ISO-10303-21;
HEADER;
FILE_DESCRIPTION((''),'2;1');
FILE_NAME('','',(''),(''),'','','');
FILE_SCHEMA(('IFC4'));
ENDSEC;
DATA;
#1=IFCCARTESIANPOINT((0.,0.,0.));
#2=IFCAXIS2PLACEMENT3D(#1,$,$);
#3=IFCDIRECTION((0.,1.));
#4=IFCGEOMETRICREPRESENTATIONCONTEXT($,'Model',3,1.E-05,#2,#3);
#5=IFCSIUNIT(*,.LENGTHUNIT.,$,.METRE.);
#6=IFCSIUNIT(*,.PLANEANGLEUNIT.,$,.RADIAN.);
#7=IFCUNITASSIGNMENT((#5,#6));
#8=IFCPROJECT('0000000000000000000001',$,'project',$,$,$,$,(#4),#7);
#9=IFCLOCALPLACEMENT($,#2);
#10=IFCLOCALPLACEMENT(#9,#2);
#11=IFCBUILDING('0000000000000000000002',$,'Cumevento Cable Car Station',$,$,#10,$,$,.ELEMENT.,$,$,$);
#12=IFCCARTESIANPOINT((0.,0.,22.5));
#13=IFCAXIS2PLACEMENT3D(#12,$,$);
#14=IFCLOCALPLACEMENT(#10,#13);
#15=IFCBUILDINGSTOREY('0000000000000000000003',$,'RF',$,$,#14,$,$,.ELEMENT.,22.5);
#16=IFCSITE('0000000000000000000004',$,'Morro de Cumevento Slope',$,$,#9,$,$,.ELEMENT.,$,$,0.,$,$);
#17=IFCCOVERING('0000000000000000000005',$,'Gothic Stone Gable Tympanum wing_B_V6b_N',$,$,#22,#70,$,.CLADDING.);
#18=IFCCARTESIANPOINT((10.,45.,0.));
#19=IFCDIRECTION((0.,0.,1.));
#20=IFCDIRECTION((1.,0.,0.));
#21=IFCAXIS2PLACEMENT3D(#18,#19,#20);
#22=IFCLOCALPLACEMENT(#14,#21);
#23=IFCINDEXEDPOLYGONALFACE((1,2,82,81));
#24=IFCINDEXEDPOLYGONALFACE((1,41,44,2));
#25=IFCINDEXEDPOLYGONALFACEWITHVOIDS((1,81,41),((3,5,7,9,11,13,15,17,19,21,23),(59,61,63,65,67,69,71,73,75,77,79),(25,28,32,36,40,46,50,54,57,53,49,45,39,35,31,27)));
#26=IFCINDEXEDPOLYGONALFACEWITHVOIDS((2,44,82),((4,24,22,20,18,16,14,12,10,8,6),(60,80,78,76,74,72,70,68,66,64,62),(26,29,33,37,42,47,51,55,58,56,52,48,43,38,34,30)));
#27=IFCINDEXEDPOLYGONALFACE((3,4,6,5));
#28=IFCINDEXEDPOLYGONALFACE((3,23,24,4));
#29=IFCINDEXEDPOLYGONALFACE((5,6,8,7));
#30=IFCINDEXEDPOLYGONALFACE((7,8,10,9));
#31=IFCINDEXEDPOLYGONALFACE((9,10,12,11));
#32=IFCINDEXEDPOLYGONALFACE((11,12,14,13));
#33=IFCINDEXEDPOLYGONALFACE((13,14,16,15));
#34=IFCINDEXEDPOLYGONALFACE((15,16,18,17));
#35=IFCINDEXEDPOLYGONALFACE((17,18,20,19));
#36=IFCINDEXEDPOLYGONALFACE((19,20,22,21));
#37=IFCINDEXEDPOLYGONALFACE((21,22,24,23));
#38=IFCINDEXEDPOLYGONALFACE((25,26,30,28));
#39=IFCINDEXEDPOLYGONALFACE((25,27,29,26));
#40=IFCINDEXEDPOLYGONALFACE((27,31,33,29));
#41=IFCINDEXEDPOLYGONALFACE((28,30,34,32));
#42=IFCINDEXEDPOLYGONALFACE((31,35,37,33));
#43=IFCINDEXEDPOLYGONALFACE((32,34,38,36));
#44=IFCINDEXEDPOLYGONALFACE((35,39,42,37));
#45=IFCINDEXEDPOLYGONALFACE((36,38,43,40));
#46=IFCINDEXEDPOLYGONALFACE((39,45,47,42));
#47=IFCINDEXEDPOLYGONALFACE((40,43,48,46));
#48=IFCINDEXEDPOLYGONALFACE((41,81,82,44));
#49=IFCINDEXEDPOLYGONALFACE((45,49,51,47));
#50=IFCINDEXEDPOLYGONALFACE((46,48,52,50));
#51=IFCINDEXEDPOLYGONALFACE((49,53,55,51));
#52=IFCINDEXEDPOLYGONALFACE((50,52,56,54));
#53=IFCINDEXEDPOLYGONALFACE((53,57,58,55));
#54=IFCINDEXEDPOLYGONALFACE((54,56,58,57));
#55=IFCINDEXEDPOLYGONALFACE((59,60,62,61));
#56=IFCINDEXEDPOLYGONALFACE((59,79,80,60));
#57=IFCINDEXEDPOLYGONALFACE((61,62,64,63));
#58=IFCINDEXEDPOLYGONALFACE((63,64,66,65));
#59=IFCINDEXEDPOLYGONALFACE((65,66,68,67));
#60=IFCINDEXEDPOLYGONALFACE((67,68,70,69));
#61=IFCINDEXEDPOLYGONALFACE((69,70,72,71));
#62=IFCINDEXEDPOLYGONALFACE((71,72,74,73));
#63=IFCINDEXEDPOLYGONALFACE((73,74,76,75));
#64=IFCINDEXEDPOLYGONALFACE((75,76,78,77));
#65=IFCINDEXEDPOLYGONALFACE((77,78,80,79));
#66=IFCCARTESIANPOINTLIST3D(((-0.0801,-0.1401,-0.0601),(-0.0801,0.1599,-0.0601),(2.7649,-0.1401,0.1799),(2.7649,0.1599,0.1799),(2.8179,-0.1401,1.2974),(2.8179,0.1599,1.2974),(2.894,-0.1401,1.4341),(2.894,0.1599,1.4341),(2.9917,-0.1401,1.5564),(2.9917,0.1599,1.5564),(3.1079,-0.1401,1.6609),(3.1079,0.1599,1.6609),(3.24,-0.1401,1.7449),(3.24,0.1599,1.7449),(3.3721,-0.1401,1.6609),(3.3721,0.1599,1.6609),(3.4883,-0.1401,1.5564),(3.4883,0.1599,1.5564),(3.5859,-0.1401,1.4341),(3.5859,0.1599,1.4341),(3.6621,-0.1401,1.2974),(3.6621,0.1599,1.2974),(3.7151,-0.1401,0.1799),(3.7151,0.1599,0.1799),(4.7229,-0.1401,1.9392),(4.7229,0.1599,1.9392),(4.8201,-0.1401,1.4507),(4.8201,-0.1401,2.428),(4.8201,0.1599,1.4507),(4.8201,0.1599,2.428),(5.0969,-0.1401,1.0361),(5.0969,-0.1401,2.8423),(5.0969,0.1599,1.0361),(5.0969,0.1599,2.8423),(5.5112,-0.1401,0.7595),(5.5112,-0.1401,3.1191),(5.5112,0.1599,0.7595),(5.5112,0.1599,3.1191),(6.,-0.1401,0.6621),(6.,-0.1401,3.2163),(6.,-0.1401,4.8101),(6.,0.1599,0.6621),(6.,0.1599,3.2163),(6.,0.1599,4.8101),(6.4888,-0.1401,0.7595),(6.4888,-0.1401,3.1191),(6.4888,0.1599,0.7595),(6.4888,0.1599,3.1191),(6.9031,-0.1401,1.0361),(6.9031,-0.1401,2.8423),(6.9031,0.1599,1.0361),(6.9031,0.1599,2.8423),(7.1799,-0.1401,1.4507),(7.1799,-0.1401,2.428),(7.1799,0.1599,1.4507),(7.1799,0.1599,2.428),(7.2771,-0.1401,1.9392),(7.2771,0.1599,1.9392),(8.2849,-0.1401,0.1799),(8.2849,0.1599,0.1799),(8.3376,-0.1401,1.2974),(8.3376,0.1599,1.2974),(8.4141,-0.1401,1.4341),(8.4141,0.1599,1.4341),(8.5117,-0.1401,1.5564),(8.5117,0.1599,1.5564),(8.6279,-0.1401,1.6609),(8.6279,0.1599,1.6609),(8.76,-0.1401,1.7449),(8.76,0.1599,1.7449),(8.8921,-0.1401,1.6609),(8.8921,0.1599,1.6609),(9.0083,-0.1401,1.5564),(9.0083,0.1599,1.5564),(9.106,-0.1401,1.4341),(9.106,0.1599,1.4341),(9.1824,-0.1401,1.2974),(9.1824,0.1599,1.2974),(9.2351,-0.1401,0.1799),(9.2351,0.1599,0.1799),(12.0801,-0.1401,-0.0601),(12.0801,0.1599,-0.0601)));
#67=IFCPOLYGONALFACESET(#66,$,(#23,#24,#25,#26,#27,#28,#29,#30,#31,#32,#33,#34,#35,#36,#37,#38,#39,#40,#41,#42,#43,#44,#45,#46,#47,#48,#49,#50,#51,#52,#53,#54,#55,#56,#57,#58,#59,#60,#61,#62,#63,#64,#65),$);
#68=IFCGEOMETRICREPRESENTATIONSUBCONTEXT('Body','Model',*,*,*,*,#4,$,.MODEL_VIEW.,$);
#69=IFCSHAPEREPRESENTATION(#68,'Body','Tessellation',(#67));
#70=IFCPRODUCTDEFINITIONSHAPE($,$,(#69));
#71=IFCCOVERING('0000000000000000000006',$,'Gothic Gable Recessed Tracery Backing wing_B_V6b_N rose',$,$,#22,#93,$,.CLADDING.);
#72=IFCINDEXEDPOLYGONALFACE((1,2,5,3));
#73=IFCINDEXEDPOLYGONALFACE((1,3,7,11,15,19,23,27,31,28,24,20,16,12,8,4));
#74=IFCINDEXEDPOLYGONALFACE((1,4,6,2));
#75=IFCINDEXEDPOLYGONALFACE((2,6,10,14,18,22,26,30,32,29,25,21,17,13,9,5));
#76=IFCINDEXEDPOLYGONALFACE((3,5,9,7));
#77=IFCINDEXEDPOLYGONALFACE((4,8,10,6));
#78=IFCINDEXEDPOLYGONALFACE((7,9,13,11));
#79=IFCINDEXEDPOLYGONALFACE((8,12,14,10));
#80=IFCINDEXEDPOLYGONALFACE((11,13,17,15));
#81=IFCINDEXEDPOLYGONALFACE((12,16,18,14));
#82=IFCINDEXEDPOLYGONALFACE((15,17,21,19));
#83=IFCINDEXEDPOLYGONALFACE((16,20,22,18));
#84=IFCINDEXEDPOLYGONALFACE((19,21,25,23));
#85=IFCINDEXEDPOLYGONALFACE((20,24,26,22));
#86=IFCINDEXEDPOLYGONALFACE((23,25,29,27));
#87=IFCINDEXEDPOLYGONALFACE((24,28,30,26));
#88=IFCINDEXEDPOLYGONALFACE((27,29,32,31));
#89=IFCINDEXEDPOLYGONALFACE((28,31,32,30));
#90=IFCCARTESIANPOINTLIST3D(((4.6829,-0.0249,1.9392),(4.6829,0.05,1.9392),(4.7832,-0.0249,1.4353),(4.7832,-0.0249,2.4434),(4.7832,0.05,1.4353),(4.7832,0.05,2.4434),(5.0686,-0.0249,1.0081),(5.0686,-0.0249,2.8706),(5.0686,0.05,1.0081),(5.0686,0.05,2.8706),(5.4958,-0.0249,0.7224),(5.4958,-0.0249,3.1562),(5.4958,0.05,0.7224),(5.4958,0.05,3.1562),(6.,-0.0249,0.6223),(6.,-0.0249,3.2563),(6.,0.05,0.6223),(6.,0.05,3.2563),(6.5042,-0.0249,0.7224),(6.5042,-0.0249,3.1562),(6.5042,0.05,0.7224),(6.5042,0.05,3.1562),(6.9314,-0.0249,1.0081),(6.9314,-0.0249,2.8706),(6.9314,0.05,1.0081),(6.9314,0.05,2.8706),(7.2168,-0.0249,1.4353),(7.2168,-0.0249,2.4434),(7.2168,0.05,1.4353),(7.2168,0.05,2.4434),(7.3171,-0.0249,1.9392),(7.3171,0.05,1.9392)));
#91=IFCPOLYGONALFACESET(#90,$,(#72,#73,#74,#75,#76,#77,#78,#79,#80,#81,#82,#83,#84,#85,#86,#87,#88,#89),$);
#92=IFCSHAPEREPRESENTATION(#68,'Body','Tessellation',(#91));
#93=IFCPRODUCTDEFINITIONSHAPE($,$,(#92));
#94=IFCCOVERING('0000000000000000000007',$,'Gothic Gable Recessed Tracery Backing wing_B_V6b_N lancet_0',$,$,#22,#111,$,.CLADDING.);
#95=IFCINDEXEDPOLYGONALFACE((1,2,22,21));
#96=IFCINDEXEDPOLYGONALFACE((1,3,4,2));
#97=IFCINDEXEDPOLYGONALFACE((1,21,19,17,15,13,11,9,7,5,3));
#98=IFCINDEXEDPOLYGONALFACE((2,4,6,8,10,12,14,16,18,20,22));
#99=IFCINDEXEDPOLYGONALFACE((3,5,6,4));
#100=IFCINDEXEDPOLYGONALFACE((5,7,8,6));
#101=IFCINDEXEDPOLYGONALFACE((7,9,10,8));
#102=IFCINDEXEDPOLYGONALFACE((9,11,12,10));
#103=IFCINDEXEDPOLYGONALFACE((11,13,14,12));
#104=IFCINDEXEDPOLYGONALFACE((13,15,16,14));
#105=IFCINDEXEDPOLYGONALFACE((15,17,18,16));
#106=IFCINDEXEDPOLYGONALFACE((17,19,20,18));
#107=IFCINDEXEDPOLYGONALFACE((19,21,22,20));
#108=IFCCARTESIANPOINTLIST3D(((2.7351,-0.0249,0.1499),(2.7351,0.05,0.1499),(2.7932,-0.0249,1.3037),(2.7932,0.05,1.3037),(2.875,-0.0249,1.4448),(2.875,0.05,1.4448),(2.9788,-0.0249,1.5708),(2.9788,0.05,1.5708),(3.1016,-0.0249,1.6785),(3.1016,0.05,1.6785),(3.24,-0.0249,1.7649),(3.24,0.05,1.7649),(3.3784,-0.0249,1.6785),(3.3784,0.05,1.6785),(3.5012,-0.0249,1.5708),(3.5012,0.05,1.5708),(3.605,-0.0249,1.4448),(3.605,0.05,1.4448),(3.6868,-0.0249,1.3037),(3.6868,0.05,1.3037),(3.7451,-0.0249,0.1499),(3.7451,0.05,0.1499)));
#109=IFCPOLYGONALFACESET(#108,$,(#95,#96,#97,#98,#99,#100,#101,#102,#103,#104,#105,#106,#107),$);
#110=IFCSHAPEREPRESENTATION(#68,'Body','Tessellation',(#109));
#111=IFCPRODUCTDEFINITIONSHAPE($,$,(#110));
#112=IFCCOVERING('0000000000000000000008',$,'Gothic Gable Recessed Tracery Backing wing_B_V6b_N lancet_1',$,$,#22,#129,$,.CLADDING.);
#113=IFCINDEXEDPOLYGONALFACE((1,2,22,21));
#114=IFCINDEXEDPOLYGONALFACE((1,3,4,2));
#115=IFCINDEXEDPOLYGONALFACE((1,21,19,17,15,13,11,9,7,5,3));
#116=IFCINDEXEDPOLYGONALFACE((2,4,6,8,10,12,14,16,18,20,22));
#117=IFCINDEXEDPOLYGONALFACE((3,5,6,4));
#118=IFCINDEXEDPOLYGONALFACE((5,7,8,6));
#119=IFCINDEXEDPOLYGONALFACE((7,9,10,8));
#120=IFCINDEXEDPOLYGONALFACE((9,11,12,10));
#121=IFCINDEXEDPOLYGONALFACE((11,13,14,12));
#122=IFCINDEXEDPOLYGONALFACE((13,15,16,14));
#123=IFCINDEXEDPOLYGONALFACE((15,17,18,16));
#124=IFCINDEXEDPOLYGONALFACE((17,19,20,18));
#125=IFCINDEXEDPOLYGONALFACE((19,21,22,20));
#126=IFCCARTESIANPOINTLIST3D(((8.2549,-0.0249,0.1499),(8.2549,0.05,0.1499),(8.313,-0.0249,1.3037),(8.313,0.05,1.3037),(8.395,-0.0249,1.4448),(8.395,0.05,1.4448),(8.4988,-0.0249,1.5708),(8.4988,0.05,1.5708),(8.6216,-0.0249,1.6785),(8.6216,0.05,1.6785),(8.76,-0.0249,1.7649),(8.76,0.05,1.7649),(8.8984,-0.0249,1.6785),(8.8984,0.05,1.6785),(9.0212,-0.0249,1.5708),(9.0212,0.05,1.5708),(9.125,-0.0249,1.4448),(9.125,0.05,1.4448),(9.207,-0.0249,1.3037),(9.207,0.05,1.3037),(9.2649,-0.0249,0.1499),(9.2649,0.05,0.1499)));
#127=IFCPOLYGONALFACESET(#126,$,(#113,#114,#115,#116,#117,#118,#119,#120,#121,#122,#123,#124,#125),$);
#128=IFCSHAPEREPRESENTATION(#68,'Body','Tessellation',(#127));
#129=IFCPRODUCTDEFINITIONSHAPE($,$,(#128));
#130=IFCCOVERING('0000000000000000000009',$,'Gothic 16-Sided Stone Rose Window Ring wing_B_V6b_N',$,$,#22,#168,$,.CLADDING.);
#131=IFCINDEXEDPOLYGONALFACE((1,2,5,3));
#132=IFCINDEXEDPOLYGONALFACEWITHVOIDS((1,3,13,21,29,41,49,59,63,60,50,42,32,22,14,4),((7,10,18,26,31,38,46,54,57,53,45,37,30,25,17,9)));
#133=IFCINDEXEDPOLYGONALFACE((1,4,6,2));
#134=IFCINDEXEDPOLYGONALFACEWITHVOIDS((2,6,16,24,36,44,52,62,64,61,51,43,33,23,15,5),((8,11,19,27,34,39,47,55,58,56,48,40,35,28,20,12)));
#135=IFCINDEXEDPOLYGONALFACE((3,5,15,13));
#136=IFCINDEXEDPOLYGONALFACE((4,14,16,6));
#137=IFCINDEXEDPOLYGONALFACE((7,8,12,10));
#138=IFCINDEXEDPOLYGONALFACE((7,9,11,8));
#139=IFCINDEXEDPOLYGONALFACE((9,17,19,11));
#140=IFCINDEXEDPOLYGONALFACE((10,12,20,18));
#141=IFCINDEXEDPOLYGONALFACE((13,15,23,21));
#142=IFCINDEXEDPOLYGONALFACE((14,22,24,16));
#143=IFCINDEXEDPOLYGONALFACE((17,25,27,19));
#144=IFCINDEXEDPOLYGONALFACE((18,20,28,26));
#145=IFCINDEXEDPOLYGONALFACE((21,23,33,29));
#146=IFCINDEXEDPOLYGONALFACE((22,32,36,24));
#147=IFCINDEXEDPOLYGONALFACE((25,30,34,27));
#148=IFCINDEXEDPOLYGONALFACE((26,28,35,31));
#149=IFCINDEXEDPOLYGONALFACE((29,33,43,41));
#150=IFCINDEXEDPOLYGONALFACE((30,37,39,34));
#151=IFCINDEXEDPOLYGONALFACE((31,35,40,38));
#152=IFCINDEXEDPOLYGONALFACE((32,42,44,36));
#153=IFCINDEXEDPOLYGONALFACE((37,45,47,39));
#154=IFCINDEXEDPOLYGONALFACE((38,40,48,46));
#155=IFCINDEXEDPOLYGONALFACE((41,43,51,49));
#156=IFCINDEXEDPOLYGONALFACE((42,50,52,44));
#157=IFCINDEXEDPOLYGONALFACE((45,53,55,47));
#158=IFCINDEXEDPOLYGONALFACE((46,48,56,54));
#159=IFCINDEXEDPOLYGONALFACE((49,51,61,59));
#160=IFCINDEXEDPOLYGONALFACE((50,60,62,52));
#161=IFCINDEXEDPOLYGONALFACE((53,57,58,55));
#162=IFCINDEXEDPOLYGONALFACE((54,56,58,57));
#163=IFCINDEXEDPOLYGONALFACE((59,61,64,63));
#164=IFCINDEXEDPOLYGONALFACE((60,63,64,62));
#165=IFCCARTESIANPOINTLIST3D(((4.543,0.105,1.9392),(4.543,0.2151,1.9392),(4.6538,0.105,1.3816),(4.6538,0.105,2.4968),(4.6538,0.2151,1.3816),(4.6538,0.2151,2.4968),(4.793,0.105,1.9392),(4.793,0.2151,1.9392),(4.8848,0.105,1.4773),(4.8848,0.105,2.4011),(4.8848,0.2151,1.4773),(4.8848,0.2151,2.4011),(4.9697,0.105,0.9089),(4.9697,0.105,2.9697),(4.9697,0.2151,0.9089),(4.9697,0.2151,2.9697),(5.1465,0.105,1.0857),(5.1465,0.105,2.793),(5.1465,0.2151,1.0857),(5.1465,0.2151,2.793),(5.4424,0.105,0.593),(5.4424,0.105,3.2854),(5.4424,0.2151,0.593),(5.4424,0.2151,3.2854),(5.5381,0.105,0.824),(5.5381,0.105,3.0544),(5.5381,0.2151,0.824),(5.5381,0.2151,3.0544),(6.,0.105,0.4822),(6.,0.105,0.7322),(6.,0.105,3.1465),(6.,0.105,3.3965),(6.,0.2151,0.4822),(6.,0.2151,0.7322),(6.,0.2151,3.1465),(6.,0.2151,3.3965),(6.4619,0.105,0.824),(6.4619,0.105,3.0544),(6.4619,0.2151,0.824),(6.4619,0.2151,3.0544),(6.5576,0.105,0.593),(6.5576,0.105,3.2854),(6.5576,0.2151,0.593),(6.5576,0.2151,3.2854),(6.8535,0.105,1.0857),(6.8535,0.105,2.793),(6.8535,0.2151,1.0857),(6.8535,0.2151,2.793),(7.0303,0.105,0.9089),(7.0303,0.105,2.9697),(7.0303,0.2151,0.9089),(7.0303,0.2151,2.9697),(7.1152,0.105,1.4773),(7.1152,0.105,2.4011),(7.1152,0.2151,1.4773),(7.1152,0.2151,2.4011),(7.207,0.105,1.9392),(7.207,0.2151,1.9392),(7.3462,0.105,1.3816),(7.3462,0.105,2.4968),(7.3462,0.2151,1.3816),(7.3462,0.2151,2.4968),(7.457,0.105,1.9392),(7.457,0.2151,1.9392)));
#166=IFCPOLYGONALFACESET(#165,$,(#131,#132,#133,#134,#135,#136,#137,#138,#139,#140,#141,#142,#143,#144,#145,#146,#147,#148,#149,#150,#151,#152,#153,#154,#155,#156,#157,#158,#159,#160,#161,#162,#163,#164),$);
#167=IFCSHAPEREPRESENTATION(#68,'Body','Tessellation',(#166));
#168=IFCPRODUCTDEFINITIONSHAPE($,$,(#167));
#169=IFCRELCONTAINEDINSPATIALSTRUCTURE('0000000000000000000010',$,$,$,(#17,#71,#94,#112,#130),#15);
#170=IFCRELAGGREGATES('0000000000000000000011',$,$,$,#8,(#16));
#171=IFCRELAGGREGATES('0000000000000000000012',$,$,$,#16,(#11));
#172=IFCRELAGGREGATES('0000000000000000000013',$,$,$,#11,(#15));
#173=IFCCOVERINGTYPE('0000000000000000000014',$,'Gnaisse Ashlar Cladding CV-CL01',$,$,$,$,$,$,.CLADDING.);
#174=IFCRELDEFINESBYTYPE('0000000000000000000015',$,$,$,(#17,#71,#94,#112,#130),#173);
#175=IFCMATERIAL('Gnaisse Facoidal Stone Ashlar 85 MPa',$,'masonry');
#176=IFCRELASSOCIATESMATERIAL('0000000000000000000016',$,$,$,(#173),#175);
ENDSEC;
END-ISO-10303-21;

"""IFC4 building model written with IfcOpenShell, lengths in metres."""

from ifc_helpers import new_model, si_unit, direction, frame, origin, place, context, subcontext, project, spatial, polyline, outline, extrude, material, type_object, element, save


model = new_model("IFC4")

# Units and contexts
model_context = context("Model", 3, precision=1e-05, world=origin(), true_north=direction((0.0, 1.0)))
body_context = subcontext(model_context, "Body", "Model", "MODEL_VIEW")
ifc_project = project(units=[si_unit("LENGTHUNIT", "METRE"), si_unit("PLANEANGLEUNIT", "RADIAN")], contexts=[model_context])

# Site, building, storey
site_placement = place(None, origin())
site = spatial("IfcSite", under=ifc_project, at=site_placement, Name="Morro de Cumevento Slope", CompositionType="ELEMENT", RefElevation=0.0)
building_placement = place(site_placement, origin())
building = spatial("IfcBuilding", under=site, at=building_placement, Name="Cumevento Cable Car Station", CompositionType="ELEMENT")
storey_placement = place(building_placement, frame((0.0, 0.0, 22.5)))
storey = spatial("IfcBuildingStorey", under=building, at=storey_placement, Name="RF", CompositionType="ELEMENT", Elevation=22.5)

# Coverings
ifc_material_1 = material(Name="Gnaisse Facoidal Stone Ashlar 85 MPa", Category="masonry")
covering_type_1 = type_object("IfcCoveringType", Name="Gnaisse Ashlar Cladding CV-CL01", PredefinedType="CLADDING", material=ifc_material_1)
placement = place(storey_placement, frame((10.0, 45.0, 0.0), z_axis=(0.0, 0.0, 1.0), x_axis=(1.0, 0.0, 0.0)))
element("IfcCovering", 1, at=placement, inside=storey, type_object=covering_type_1, Name="Gothic Stone Gable Tympanum wing_B_V6b_N", PredefinedType="CLADDING", context=body_context, shape_type="SweptSolid", body=[
    extrude(outline(polyline([(-0.0801, -0.0601), (12.0801, -0.0601), (6.0, 4.8101), (-0.0801, -0.0601)]), holes=[polyline([(7.2771, 1.9392), (7.1799, 2.428), (6.9031, 2.8423), (6.4888, 3.1191), (6.0, 3.2163), (5.5112, 3.1191), (5.0969, 2.8423), (4.8201, 2.428), (4.7229, 1.9392), (4.8201, 1.4507), (5.0969, 1.0361), (5.5112, 0.7595), (6.0, 0.6621), (6.4888, 0.7595), (6.9031, 1.0361), (7.1799, 1.4507), (7.2771, 1.9392)]), polyline([(2.7649, 0.1799), (3.7151, 0.1799), (3.6621, 1.2974), (3.5859, 1.4341), (3.4883, 1.5564), (3.3721, 1.6609), (3.24, 1.7449), (3.1079, 1.6609), (2.9917, 1.5564), (2.894, 1.4341), (2.8179, 1.2974), (2.7649, 0.1799)]), polyline([(8.2849, 0.1799), (9.2351, 0.1799), (9.1824, 1.2974), (9.106, 1.4341), (9.0083, 1.5564), (8.8921, 1.6609), (8.76, 1.7449), (8.6279, 1.6609), (8.5117, 1.5564), (8.4141, 1.4341), (8.3376, 1.2974), (8.2849, 0.1799)])]), frame((0.0, 0.1599, 0.0), z_axis=(0.0, -1.0, 0.0), x_axis=(1.0, 0.0, 0.0)), (0.0, 0.0, 1.0), 0.3),
])
element("IfcCovering", 2, at=placement, inside=storey, type_object=covering_type_1, Name="Gothic Gable Recessed Tracery Backing wing_B_V6b_N rose", PredefinedType="CLADDING", context=body_context, shape_type="SweptSolid", body=[
    extrude(outline(polyline([(7.3171, 1.9392), (7.2168, 2.4434), (6.9314, 2.8706), (6.5042, 3.1562), (6.0, 3.2563), (5.4958, 3.1562), (5.0686, 2.8706), (4.7832, 2.4434), (4.6829, 1.9392), (4.7832, 1.4353), (5.0686, 1.0081), (5.4958, 0.7224), (6.0, 0.6223), (6.5042, 0.7224), (6.9314, 1.0081), (7.2168, 1.4353), (7.3171, 1.9392)])), frame((0.0, 0.05, 0.0), z_axis=(0.0, -1.0, 0.0), x_axis=(1.0, 0.0, 0.0)), (0.0, 0.0, 1.0), 0.075),
])
element("IfcCovering", 3, at=placement, inside=storey, type_object=covering_type_1, Name="Gothic Gable Recessed Tracery Backing wing_B_V6b_N lancet_0", PredefinedType="CLADDING", context=body_context, shape_type="SweptSolid", body=[
    extrude(outline(polyline([(2.7351, 0.1499), (3.7451, 0.1499), (3.6868, 1.3037), (3.605, 1.4448), (3.5012, 1.5708), (3.3784, 1.6785), (3.24, 1.7649), (3.1016, 1.6785), (2.9788, 1.5708), (2.875, 1.4448), (2.7932, 1.3037), (2.7351, 0.1499)])), frame((0.0, 0.05, 0.0), z_axis=(0.0, -1.0, 0.0), x_axis=(1.0, 0.0, 0.0)), (0.0, 0.0, 1.0), 0.075),
])
element("IfcCovering", 4, at=placement, inside=storey, type_object=covering_type_1, Name="Gothic Gable Recessed Tracery Backing wing_B_V6b_N lancet_1", PredefinedType="CLADDING", context=body_context, shape_type="SweptSolid", body=[
    extrude(outline(polyline([(8.2549, 0.1499), (9.2649, 0.1499), (9.207, 1.3037), (9.125, 1.4448), (9.0212, 1.5708), (8.8984, 1.6785), (8.76, 1.7649), (8.6216, 1.6785), (8.4988, 1.5708), (8.395, 1.4448), (8.313, 1.3037), (8.2549, 0.1499)])), frame((0.0, 0.05, 0.0), z_axis=(0.0, -1.0, 0.0), x_axis=(1.0, 0.0, 0.0)), (0.0, 0.0, 1.0), 0.075),
])
element("IfcCovering", 5, at=placement, inside=storey, type_object=covering_type_1, Name="Gothic 16-Sided Stone Rose Window Ring wing_B_V6b_N", PredefinedType="CLADDING", context=body_context, shape_type="SweptSolid", body=[
    extrude(outline(polyline([(7.457, 1.9392), (7.3462, 2.4968), (7.0303, 2.9697), (6.5576, 3.2854), (6.0, 3.3965), (5.4424, 3.2854), (4.9697, 2.9697), (4.6538, 2.4968), (4.543, 1.9392), (4.6538, 1.3816), (4.9697, 0.9089), (5.4424, 0.593), (6.0, 0.4822), (6.5576, 0.593), (7.0303, 0.9089), (7.3462, 1.3816), (7.457, 1.9392)]), holes=[polyline([(7.207, 1.9392), (7.1152, 2.4011), (6.8535, 2.793), (6.4619, 3.0544), (6.0, 3.1465), (5.5381, 3.0544), (5.1465, 2.793), (4.8848, 2.4011), (4.793, 1.9392), (4.8848, 1.4773), (5.1465, 1.0857), (5.5381, 0.824), (6.0, 0.7322), (6.4619, 0.824), (6.8535, 1.0857), (7.1152, 1.4773), (7.207, 1.9392)])]), frame((0.0, 0.2151, 0.0), z_axis=(0.0, -1.0, 0.0), x_axis=(1.0, 0.0, 0.0)), (0.0, 0.0, 1.0), 0.1101),
])

save(model, "model.ifc")
